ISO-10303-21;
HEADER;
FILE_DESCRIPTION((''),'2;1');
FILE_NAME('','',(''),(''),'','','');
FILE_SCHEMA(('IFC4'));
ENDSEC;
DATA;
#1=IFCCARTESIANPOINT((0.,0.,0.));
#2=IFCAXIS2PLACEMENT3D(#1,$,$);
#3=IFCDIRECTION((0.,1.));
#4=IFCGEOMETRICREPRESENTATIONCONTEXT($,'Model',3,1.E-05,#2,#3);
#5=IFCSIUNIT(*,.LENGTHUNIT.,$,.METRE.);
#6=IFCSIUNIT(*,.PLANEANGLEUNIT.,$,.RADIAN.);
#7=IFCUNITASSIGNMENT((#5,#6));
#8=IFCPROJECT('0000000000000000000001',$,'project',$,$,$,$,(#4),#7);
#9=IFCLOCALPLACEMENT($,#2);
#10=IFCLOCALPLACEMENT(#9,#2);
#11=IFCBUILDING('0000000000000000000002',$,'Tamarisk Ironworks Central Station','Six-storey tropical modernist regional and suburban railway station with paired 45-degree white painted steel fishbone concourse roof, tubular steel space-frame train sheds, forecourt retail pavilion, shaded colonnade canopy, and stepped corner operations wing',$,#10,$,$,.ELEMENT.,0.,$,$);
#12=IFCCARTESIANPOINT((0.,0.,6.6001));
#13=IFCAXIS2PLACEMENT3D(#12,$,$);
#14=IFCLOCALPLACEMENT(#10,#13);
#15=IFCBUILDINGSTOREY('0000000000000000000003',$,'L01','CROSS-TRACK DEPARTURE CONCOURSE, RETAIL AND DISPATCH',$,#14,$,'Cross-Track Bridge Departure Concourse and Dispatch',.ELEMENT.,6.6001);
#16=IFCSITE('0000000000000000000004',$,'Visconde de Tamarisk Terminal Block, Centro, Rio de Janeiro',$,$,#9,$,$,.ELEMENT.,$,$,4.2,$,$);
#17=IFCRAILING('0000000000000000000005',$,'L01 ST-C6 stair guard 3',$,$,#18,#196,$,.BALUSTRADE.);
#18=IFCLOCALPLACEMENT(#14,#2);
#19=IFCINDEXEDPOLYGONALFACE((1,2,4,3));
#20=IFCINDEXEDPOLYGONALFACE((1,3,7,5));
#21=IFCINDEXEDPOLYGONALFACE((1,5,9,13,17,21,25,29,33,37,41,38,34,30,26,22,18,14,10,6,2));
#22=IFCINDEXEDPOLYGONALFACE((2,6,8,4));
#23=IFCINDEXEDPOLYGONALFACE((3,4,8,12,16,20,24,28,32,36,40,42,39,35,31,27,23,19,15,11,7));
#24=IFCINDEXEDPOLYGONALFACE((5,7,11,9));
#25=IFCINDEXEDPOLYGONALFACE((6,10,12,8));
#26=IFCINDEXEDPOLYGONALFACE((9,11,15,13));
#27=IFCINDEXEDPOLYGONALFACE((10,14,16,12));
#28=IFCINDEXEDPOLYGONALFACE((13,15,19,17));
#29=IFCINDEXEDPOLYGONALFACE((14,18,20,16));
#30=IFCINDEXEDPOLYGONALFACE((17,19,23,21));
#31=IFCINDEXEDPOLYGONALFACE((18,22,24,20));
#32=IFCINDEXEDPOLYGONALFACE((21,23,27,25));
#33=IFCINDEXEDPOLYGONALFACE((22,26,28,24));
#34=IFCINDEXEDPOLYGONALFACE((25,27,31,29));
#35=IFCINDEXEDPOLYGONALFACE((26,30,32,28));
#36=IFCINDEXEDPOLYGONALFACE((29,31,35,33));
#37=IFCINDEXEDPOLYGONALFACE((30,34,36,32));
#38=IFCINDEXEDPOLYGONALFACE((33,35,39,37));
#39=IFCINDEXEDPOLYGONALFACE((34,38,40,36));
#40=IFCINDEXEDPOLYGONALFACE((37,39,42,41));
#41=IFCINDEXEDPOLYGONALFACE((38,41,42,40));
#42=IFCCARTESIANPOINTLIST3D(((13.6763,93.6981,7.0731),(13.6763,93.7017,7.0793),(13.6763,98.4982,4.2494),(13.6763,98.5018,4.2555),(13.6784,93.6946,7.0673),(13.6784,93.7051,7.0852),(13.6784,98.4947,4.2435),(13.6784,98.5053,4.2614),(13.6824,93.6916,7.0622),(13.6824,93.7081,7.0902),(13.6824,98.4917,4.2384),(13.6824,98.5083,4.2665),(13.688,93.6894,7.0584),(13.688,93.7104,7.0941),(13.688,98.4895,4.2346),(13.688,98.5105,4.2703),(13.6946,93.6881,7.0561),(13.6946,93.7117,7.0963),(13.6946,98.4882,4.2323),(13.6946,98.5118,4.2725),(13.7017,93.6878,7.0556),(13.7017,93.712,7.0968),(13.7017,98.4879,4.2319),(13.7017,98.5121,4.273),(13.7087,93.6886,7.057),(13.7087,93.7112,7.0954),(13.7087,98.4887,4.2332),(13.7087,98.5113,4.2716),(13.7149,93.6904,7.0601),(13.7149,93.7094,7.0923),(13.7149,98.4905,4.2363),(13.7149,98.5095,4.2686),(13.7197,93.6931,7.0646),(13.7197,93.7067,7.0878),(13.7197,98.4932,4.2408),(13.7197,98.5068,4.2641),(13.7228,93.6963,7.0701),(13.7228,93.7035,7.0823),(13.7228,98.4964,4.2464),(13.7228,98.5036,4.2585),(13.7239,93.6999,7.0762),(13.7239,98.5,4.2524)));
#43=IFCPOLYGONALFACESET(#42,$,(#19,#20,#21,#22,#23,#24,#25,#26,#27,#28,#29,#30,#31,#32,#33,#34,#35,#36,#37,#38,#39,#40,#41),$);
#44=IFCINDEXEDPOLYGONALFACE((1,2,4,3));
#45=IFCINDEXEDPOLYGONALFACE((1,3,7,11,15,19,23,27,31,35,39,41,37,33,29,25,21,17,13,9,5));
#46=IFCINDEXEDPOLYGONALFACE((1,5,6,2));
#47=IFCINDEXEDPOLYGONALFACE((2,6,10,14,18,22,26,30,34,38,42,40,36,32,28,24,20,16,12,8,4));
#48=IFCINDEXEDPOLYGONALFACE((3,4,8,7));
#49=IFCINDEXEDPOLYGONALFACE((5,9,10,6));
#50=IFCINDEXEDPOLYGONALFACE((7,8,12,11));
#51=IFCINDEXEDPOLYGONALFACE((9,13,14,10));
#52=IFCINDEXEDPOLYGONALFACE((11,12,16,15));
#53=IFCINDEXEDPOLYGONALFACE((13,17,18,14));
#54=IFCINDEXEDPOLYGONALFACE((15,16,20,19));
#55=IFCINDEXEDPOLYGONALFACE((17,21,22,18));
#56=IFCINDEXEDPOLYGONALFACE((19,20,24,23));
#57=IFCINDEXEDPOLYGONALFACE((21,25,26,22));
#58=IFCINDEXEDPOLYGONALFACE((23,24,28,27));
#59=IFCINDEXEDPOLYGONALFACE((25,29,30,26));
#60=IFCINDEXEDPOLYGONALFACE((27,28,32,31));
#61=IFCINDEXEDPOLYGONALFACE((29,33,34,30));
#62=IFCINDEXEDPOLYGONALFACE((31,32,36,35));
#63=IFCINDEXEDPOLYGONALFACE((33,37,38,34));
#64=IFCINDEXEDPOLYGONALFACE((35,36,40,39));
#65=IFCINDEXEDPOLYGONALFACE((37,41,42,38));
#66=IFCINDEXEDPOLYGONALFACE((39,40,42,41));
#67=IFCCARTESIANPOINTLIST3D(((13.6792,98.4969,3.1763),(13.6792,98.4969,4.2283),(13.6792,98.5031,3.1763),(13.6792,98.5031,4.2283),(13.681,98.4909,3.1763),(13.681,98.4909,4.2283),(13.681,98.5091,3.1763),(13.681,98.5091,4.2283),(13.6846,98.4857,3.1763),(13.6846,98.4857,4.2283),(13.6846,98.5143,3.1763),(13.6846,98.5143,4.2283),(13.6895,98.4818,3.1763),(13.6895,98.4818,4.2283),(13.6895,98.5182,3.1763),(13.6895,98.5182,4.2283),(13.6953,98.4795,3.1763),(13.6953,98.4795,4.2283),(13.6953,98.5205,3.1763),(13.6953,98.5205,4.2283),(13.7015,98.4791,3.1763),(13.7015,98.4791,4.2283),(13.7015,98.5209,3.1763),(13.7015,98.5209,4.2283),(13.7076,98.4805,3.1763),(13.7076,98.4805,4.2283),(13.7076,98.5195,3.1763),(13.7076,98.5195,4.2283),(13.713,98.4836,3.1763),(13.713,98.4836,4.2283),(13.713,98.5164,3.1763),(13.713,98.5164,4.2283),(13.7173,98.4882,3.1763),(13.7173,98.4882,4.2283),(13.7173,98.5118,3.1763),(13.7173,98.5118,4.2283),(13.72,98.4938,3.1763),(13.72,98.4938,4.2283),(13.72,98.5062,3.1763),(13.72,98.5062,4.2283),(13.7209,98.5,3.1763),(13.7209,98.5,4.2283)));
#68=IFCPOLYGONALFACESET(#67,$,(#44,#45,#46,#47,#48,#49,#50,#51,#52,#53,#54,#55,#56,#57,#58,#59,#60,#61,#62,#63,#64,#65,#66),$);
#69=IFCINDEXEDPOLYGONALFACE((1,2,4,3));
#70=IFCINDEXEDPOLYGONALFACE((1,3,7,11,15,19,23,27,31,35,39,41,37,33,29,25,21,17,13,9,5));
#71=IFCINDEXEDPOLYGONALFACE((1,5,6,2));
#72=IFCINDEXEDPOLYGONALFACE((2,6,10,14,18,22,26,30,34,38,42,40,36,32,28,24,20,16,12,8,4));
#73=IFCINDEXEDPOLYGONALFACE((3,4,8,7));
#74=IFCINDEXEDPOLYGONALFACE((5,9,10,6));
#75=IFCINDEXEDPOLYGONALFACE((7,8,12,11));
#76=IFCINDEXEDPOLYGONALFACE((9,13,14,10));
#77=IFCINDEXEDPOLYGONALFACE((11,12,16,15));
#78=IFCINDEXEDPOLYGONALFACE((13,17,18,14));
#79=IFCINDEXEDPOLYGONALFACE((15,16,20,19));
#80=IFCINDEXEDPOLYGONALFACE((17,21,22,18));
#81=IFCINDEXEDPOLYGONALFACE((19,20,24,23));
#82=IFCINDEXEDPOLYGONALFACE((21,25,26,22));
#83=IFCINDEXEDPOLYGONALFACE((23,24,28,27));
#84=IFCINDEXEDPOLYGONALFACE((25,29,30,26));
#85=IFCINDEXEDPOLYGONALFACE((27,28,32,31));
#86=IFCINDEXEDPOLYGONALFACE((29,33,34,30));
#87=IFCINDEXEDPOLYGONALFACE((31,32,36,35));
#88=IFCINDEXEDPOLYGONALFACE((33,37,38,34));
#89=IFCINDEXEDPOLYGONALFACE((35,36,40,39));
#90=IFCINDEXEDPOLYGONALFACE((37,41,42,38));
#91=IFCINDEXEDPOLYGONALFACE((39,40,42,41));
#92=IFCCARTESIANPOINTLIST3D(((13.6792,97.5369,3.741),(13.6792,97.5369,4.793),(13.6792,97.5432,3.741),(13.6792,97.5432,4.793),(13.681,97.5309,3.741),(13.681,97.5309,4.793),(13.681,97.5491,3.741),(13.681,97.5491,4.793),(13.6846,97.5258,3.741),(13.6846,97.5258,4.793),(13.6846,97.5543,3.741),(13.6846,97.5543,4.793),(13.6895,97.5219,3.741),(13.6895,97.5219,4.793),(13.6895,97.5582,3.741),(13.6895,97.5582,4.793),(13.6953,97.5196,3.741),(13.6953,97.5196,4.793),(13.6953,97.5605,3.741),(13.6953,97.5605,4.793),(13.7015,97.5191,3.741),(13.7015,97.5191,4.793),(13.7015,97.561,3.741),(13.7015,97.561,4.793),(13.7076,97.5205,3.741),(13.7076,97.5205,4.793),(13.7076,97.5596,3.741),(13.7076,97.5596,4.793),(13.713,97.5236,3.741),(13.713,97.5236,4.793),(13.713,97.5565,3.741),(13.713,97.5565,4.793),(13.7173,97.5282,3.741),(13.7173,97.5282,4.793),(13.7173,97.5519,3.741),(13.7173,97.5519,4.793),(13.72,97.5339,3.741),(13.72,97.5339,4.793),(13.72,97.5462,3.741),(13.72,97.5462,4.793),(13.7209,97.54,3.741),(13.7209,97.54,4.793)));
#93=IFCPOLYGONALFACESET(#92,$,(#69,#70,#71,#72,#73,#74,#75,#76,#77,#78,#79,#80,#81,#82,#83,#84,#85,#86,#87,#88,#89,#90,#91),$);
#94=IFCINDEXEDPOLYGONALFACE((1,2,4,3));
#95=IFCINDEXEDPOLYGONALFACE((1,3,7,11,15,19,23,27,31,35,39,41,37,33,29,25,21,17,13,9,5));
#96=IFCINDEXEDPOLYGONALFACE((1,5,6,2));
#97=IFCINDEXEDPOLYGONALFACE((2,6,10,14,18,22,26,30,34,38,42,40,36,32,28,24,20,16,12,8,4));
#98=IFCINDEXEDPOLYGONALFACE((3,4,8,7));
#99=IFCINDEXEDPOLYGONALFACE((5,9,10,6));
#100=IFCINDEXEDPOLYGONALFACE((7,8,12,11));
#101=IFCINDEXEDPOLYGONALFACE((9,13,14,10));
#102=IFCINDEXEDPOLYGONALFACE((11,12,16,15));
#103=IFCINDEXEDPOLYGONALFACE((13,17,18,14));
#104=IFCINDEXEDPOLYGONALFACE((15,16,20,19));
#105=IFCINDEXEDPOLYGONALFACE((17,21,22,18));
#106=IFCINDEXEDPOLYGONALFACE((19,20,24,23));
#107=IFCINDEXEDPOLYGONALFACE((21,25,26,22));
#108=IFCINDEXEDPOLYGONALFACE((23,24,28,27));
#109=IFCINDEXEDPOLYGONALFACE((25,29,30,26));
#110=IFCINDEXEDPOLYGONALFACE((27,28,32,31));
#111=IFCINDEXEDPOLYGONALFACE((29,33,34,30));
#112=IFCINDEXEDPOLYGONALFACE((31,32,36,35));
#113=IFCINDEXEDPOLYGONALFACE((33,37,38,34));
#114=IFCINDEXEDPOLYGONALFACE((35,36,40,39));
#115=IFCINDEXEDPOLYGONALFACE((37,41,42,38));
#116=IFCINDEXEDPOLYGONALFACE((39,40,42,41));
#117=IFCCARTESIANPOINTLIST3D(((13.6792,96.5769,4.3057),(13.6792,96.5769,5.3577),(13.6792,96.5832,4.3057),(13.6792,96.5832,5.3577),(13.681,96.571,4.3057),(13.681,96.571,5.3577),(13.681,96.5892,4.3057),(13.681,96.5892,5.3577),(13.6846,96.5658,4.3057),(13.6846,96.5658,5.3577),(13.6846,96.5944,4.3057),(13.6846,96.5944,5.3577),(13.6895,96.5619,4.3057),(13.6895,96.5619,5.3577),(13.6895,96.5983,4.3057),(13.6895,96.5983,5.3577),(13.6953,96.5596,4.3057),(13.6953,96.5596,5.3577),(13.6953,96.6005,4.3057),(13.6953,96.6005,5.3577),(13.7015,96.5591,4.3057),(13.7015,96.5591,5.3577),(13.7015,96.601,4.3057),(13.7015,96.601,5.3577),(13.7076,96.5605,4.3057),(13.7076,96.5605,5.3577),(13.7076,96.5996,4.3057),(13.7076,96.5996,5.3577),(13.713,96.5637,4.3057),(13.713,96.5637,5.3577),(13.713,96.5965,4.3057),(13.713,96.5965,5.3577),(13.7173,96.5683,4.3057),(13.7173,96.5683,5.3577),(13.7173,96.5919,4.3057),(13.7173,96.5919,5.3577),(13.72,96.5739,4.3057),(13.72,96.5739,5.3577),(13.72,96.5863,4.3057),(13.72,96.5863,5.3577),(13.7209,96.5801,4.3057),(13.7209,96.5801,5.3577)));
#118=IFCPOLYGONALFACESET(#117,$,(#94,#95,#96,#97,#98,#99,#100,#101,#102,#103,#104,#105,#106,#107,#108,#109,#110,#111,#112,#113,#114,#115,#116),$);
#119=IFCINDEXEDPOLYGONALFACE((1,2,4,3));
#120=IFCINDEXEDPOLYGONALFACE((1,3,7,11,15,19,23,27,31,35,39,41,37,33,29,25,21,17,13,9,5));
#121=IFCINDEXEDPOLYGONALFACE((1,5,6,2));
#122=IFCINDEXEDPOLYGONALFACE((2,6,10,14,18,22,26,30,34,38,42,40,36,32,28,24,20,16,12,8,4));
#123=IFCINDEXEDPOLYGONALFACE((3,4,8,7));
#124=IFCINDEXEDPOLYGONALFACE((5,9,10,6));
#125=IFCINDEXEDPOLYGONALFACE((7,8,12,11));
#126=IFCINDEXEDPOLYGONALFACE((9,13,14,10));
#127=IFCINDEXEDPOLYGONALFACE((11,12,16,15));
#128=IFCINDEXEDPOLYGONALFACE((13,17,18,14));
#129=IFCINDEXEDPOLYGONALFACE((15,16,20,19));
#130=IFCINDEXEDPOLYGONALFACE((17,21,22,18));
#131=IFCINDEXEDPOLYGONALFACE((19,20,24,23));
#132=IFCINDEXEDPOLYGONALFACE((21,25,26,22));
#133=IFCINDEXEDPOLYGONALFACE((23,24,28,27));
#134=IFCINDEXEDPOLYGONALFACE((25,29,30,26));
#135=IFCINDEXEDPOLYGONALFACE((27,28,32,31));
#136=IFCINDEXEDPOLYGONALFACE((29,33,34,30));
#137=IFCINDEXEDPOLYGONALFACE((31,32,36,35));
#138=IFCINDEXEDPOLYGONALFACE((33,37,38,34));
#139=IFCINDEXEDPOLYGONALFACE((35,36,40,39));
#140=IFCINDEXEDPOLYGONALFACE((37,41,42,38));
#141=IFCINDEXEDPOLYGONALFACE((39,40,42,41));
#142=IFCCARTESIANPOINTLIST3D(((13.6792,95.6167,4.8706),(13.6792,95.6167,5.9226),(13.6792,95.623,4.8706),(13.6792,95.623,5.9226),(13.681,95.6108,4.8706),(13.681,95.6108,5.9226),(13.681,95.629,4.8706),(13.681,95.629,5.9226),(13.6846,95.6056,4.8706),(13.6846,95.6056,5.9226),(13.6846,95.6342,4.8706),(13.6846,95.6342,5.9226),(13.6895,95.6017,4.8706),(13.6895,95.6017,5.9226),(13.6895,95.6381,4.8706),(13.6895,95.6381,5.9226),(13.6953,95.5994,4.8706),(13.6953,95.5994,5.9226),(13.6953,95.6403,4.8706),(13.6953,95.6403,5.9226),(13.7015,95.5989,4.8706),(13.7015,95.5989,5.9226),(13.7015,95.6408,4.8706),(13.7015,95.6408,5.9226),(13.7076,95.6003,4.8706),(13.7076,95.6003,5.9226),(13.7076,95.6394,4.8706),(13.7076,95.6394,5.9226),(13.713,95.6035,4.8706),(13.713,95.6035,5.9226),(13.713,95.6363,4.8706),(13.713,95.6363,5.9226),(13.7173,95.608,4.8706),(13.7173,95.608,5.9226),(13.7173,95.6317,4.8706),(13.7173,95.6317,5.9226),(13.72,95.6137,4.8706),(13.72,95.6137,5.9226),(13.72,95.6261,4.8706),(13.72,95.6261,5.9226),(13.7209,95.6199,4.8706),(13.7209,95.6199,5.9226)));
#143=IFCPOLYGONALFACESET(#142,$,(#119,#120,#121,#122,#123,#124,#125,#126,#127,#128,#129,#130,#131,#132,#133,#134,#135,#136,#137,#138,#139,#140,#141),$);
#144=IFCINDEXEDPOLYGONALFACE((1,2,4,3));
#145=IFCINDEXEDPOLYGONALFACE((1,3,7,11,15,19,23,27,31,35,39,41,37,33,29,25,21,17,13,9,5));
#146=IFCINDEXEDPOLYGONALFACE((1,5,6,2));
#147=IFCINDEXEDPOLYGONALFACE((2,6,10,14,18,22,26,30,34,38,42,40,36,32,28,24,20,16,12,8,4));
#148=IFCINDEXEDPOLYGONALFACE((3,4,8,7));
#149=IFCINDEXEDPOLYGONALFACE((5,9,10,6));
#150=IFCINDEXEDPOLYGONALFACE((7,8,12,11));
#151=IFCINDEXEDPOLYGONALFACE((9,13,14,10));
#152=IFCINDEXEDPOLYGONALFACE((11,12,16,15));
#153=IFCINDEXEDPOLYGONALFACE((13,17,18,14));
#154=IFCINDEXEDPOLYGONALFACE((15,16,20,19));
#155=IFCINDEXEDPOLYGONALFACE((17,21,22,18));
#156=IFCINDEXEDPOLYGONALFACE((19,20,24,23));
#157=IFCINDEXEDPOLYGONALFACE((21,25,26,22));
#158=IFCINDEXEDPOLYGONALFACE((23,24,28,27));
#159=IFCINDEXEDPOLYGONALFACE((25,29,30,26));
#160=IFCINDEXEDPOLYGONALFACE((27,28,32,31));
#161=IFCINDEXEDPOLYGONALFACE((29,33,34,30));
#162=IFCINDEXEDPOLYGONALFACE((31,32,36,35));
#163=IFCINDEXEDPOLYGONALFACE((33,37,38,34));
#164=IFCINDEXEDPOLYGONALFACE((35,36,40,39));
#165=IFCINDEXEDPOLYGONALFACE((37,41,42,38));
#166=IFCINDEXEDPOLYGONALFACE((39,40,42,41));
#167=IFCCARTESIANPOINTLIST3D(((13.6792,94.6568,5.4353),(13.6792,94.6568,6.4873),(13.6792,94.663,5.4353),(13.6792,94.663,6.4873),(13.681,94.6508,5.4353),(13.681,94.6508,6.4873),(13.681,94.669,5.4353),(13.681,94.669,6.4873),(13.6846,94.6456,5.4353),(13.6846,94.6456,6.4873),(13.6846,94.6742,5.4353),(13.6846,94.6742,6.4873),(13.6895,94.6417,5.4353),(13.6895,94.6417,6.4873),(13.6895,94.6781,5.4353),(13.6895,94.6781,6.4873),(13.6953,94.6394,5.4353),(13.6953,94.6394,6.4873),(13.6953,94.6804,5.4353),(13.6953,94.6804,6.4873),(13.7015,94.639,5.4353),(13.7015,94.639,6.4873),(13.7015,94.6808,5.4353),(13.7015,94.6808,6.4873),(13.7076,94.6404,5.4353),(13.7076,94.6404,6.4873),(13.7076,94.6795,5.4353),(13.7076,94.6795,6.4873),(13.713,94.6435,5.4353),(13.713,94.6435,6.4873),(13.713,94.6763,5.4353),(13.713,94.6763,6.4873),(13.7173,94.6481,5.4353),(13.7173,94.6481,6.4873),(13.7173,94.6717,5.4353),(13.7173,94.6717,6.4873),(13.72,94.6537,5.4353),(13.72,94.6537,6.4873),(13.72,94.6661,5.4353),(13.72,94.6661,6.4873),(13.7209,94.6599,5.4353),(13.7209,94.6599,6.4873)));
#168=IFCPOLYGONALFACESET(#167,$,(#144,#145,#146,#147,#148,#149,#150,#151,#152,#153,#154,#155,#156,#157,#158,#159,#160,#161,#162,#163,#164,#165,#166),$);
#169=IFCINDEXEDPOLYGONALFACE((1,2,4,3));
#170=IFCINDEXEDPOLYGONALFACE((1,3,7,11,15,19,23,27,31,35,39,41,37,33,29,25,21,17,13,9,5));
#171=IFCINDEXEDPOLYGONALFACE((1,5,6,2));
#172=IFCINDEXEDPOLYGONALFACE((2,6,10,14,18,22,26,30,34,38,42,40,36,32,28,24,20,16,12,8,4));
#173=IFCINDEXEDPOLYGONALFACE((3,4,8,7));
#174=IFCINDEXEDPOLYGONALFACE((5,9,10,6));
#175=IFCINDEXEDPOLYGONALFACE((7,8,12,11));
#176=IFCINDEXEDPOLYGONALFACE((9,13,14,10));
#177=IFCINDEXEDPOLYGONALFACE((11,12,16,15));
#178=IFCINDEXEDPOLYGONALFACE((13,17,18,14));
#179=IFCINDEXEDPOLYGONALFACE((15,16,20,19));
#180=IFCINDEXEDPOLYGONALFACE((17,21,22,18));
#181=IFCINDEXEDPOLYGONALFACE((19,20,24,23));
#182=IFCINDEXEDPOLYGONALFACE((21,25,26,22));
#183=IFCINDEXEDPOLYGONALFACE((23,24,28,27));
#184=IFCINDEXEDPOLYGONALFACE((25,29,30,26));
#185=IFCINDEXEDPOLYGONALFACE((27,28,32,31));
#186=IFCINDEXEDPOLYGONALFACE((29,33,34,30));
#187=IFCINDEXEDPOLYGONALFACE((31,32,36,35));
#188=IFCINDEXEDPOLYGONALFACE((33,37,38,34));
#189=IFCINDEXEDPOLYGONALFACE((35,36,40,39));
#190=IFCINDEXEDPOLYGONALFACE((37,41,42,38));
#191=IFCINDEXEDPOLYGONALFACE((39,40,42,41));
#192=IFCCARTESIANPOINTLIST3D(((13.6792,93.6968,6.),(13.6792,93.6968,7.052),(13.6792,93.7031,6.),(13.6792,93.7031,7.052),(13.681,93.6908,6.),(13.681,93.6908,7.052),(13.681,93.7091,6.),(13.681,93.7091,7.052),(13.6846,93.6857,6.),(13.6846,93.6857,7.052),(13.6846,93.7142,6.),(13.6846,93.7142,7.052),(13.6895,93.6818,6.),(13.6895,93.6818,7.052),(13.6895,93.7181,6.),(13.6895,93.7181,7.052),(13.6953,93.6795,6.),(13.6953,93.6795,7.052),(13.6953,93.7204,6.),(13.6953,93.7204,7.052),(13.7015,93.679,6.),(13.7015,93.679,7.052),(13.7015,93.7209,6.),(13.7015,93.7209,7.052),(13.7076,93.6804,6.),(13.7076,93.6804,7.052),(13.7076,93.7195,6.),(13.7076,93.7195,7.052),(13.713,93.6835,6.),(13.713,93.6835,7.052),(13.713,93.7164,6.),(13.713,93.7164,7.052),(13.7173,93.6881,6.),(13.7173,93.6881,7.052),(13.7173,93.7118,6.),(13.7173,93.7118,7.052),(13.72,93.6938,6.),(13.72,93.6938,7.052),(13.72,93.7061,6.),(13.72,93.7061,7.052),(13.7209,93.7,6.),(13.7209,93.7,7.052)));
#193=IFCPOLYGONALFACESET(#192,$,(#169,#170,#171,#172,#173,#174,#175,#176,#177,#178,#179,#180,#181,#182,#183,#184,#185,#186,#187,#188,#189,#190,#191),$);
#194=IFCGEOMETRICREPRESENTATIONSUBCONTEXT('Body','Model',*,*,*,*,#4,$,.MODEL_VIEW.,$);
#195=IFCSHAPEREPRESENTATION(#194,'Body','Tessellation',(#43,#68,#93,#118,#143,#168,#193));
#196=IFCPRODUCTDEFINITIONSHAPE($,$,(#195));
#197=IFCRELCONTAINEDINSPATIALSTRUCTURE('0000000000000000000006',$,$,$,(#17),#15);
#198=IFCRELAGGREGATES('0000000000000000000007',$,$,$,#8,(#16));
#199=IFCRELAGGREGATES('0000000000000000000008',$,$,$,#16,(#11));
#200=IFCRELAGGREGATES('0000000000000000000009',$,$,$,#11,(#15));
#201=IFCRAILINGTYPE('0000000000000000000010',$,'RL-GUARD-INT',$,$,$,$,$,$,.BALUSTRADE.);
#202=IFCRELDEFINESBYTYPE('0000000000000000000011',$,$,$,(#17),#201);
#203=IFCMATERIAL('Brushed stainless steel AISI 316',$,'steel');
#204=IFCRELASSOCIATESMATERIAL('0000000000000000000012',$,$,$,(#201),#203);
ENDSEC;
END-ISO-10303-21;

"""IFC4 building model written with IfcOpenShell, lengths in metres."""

from ifc_helpers import new_model, si_unit, direction, frame, origin, origin_2d, place, context, subcontext, project, spatial, circle, extrude, material, type_object, element, save


model = new_model("IFC4")

# Units and contexts
model_context = context("Model", 3, precision=1e-05, world=origin(), true_north=direction((0.0, 1.0)))
body_context = subcontext(model_context, "Body", "Model", "MODEL_VIEW")
ifc_project = project(units=[si_unit("LENGTHUNIT", "METRE"), si_unit("PLANEANGLEUNIT", "RADIAN")], contexts=[model_context])

# Site, building, storey
site_placement = place(None, origin())
site = spatial("IfcSite", under=ifc_project, at=site_placement, Name="Visconde de Tamarisk Terminal Block, Centro, Rio de Janeiro", CompositionType="ELEMENT", RefElevation=4.2)
building_placement = place(site_placement, origin())
building = spatial("IfcBuilding", under=site, at=building_placement, Name="Tamarisk Ironworks Central Station", Description="Six-storey tropical modernist regional and suburban railway station with paired 45-degree white painted steel fishbone concourse roof, tubular steel space-frame train sheds, forecourt retail pavilion, shaded colonnade canopy, and stepped corner operations wing", CompositionType="ELEMENT", ElevationOfRefHeight=0.0)
storey_placement = place(building_placement, frame((0.0, 0.0, 6.6001)))
storey = spatial("IfcBuildingStorey", under=building, at=storey_placement, Name="L01", Description="CROSS-TRACK DEPARTURE CONCOURSE, RETAIL AND DISPATCH", LongName="Cross-Track Bridge Departure Concourse and Dispatch", CompositionType="ELEMENT", Elevation=6.6001)

# Railing
ifc_material_1 = material(Name="Brushed stainless steel AISI 316", Category="steel")
railing_type_1 = type_object("IfcRailingType", Name="RL-GUARD-INT", PredefinedType="BALUSTRADE", material=ifc_material_1)
railing_1_placement = place(storey_placement, frame((13.7, 98.5, 3.1763)))
element("IfcRailing", 1, at=railing_1_placement, inside=storey, type_object=railing_type_1, Name="L01 ST-C6 stair guard 3", PredefinedType="BALUSTRADE", context=body_context, shape_type="SweptSolid", body=[
    extrude(circle(Radius=0.0239, at=origin_2d()), frame((0.0, 0.0, 1.0762), z_axis=(0.0, -0.861921, 0.507043), x_axis=(1.0, 0.0, 0.0)), (0.0, 0.0, 1.0), 5.5691),
    extrude(circle(Radius=0.021, at=origin_2d()), origin(), (0.0, 0.0, 1.0), 1.052),
    extrude(circle(Radius=0.021, at=origin_2d()), frame((0.0, -0.96, 0.5647)), (0.0, 0.0, 1.0), 1.052),
    extrude(circle(Radius=0.021, at=origin_2d()), frame((0.0, -1.9199, 1.1294)), (0.0, 0.0, 1.0), 1.052),
    extrude(circle(Radius=0.021, at=origin_2d()), frame((0.0, -2.8801, 1.6943)), (0.0, 0.0, 1.0), 1.052),
    extrude(circle(Radius=0.021, at=origin_2d()), frame((0.0, -3.8401, 2.259)), (0.0, 0.0, 1.0), 1.052),
    extrude(circle(Radius=0.021, at=origin_2d()), frame((0.0, -4.8, 2.8237)), (0.0, 0.0, 1.0), 1.052),
])

save(model, "model.ifc")
